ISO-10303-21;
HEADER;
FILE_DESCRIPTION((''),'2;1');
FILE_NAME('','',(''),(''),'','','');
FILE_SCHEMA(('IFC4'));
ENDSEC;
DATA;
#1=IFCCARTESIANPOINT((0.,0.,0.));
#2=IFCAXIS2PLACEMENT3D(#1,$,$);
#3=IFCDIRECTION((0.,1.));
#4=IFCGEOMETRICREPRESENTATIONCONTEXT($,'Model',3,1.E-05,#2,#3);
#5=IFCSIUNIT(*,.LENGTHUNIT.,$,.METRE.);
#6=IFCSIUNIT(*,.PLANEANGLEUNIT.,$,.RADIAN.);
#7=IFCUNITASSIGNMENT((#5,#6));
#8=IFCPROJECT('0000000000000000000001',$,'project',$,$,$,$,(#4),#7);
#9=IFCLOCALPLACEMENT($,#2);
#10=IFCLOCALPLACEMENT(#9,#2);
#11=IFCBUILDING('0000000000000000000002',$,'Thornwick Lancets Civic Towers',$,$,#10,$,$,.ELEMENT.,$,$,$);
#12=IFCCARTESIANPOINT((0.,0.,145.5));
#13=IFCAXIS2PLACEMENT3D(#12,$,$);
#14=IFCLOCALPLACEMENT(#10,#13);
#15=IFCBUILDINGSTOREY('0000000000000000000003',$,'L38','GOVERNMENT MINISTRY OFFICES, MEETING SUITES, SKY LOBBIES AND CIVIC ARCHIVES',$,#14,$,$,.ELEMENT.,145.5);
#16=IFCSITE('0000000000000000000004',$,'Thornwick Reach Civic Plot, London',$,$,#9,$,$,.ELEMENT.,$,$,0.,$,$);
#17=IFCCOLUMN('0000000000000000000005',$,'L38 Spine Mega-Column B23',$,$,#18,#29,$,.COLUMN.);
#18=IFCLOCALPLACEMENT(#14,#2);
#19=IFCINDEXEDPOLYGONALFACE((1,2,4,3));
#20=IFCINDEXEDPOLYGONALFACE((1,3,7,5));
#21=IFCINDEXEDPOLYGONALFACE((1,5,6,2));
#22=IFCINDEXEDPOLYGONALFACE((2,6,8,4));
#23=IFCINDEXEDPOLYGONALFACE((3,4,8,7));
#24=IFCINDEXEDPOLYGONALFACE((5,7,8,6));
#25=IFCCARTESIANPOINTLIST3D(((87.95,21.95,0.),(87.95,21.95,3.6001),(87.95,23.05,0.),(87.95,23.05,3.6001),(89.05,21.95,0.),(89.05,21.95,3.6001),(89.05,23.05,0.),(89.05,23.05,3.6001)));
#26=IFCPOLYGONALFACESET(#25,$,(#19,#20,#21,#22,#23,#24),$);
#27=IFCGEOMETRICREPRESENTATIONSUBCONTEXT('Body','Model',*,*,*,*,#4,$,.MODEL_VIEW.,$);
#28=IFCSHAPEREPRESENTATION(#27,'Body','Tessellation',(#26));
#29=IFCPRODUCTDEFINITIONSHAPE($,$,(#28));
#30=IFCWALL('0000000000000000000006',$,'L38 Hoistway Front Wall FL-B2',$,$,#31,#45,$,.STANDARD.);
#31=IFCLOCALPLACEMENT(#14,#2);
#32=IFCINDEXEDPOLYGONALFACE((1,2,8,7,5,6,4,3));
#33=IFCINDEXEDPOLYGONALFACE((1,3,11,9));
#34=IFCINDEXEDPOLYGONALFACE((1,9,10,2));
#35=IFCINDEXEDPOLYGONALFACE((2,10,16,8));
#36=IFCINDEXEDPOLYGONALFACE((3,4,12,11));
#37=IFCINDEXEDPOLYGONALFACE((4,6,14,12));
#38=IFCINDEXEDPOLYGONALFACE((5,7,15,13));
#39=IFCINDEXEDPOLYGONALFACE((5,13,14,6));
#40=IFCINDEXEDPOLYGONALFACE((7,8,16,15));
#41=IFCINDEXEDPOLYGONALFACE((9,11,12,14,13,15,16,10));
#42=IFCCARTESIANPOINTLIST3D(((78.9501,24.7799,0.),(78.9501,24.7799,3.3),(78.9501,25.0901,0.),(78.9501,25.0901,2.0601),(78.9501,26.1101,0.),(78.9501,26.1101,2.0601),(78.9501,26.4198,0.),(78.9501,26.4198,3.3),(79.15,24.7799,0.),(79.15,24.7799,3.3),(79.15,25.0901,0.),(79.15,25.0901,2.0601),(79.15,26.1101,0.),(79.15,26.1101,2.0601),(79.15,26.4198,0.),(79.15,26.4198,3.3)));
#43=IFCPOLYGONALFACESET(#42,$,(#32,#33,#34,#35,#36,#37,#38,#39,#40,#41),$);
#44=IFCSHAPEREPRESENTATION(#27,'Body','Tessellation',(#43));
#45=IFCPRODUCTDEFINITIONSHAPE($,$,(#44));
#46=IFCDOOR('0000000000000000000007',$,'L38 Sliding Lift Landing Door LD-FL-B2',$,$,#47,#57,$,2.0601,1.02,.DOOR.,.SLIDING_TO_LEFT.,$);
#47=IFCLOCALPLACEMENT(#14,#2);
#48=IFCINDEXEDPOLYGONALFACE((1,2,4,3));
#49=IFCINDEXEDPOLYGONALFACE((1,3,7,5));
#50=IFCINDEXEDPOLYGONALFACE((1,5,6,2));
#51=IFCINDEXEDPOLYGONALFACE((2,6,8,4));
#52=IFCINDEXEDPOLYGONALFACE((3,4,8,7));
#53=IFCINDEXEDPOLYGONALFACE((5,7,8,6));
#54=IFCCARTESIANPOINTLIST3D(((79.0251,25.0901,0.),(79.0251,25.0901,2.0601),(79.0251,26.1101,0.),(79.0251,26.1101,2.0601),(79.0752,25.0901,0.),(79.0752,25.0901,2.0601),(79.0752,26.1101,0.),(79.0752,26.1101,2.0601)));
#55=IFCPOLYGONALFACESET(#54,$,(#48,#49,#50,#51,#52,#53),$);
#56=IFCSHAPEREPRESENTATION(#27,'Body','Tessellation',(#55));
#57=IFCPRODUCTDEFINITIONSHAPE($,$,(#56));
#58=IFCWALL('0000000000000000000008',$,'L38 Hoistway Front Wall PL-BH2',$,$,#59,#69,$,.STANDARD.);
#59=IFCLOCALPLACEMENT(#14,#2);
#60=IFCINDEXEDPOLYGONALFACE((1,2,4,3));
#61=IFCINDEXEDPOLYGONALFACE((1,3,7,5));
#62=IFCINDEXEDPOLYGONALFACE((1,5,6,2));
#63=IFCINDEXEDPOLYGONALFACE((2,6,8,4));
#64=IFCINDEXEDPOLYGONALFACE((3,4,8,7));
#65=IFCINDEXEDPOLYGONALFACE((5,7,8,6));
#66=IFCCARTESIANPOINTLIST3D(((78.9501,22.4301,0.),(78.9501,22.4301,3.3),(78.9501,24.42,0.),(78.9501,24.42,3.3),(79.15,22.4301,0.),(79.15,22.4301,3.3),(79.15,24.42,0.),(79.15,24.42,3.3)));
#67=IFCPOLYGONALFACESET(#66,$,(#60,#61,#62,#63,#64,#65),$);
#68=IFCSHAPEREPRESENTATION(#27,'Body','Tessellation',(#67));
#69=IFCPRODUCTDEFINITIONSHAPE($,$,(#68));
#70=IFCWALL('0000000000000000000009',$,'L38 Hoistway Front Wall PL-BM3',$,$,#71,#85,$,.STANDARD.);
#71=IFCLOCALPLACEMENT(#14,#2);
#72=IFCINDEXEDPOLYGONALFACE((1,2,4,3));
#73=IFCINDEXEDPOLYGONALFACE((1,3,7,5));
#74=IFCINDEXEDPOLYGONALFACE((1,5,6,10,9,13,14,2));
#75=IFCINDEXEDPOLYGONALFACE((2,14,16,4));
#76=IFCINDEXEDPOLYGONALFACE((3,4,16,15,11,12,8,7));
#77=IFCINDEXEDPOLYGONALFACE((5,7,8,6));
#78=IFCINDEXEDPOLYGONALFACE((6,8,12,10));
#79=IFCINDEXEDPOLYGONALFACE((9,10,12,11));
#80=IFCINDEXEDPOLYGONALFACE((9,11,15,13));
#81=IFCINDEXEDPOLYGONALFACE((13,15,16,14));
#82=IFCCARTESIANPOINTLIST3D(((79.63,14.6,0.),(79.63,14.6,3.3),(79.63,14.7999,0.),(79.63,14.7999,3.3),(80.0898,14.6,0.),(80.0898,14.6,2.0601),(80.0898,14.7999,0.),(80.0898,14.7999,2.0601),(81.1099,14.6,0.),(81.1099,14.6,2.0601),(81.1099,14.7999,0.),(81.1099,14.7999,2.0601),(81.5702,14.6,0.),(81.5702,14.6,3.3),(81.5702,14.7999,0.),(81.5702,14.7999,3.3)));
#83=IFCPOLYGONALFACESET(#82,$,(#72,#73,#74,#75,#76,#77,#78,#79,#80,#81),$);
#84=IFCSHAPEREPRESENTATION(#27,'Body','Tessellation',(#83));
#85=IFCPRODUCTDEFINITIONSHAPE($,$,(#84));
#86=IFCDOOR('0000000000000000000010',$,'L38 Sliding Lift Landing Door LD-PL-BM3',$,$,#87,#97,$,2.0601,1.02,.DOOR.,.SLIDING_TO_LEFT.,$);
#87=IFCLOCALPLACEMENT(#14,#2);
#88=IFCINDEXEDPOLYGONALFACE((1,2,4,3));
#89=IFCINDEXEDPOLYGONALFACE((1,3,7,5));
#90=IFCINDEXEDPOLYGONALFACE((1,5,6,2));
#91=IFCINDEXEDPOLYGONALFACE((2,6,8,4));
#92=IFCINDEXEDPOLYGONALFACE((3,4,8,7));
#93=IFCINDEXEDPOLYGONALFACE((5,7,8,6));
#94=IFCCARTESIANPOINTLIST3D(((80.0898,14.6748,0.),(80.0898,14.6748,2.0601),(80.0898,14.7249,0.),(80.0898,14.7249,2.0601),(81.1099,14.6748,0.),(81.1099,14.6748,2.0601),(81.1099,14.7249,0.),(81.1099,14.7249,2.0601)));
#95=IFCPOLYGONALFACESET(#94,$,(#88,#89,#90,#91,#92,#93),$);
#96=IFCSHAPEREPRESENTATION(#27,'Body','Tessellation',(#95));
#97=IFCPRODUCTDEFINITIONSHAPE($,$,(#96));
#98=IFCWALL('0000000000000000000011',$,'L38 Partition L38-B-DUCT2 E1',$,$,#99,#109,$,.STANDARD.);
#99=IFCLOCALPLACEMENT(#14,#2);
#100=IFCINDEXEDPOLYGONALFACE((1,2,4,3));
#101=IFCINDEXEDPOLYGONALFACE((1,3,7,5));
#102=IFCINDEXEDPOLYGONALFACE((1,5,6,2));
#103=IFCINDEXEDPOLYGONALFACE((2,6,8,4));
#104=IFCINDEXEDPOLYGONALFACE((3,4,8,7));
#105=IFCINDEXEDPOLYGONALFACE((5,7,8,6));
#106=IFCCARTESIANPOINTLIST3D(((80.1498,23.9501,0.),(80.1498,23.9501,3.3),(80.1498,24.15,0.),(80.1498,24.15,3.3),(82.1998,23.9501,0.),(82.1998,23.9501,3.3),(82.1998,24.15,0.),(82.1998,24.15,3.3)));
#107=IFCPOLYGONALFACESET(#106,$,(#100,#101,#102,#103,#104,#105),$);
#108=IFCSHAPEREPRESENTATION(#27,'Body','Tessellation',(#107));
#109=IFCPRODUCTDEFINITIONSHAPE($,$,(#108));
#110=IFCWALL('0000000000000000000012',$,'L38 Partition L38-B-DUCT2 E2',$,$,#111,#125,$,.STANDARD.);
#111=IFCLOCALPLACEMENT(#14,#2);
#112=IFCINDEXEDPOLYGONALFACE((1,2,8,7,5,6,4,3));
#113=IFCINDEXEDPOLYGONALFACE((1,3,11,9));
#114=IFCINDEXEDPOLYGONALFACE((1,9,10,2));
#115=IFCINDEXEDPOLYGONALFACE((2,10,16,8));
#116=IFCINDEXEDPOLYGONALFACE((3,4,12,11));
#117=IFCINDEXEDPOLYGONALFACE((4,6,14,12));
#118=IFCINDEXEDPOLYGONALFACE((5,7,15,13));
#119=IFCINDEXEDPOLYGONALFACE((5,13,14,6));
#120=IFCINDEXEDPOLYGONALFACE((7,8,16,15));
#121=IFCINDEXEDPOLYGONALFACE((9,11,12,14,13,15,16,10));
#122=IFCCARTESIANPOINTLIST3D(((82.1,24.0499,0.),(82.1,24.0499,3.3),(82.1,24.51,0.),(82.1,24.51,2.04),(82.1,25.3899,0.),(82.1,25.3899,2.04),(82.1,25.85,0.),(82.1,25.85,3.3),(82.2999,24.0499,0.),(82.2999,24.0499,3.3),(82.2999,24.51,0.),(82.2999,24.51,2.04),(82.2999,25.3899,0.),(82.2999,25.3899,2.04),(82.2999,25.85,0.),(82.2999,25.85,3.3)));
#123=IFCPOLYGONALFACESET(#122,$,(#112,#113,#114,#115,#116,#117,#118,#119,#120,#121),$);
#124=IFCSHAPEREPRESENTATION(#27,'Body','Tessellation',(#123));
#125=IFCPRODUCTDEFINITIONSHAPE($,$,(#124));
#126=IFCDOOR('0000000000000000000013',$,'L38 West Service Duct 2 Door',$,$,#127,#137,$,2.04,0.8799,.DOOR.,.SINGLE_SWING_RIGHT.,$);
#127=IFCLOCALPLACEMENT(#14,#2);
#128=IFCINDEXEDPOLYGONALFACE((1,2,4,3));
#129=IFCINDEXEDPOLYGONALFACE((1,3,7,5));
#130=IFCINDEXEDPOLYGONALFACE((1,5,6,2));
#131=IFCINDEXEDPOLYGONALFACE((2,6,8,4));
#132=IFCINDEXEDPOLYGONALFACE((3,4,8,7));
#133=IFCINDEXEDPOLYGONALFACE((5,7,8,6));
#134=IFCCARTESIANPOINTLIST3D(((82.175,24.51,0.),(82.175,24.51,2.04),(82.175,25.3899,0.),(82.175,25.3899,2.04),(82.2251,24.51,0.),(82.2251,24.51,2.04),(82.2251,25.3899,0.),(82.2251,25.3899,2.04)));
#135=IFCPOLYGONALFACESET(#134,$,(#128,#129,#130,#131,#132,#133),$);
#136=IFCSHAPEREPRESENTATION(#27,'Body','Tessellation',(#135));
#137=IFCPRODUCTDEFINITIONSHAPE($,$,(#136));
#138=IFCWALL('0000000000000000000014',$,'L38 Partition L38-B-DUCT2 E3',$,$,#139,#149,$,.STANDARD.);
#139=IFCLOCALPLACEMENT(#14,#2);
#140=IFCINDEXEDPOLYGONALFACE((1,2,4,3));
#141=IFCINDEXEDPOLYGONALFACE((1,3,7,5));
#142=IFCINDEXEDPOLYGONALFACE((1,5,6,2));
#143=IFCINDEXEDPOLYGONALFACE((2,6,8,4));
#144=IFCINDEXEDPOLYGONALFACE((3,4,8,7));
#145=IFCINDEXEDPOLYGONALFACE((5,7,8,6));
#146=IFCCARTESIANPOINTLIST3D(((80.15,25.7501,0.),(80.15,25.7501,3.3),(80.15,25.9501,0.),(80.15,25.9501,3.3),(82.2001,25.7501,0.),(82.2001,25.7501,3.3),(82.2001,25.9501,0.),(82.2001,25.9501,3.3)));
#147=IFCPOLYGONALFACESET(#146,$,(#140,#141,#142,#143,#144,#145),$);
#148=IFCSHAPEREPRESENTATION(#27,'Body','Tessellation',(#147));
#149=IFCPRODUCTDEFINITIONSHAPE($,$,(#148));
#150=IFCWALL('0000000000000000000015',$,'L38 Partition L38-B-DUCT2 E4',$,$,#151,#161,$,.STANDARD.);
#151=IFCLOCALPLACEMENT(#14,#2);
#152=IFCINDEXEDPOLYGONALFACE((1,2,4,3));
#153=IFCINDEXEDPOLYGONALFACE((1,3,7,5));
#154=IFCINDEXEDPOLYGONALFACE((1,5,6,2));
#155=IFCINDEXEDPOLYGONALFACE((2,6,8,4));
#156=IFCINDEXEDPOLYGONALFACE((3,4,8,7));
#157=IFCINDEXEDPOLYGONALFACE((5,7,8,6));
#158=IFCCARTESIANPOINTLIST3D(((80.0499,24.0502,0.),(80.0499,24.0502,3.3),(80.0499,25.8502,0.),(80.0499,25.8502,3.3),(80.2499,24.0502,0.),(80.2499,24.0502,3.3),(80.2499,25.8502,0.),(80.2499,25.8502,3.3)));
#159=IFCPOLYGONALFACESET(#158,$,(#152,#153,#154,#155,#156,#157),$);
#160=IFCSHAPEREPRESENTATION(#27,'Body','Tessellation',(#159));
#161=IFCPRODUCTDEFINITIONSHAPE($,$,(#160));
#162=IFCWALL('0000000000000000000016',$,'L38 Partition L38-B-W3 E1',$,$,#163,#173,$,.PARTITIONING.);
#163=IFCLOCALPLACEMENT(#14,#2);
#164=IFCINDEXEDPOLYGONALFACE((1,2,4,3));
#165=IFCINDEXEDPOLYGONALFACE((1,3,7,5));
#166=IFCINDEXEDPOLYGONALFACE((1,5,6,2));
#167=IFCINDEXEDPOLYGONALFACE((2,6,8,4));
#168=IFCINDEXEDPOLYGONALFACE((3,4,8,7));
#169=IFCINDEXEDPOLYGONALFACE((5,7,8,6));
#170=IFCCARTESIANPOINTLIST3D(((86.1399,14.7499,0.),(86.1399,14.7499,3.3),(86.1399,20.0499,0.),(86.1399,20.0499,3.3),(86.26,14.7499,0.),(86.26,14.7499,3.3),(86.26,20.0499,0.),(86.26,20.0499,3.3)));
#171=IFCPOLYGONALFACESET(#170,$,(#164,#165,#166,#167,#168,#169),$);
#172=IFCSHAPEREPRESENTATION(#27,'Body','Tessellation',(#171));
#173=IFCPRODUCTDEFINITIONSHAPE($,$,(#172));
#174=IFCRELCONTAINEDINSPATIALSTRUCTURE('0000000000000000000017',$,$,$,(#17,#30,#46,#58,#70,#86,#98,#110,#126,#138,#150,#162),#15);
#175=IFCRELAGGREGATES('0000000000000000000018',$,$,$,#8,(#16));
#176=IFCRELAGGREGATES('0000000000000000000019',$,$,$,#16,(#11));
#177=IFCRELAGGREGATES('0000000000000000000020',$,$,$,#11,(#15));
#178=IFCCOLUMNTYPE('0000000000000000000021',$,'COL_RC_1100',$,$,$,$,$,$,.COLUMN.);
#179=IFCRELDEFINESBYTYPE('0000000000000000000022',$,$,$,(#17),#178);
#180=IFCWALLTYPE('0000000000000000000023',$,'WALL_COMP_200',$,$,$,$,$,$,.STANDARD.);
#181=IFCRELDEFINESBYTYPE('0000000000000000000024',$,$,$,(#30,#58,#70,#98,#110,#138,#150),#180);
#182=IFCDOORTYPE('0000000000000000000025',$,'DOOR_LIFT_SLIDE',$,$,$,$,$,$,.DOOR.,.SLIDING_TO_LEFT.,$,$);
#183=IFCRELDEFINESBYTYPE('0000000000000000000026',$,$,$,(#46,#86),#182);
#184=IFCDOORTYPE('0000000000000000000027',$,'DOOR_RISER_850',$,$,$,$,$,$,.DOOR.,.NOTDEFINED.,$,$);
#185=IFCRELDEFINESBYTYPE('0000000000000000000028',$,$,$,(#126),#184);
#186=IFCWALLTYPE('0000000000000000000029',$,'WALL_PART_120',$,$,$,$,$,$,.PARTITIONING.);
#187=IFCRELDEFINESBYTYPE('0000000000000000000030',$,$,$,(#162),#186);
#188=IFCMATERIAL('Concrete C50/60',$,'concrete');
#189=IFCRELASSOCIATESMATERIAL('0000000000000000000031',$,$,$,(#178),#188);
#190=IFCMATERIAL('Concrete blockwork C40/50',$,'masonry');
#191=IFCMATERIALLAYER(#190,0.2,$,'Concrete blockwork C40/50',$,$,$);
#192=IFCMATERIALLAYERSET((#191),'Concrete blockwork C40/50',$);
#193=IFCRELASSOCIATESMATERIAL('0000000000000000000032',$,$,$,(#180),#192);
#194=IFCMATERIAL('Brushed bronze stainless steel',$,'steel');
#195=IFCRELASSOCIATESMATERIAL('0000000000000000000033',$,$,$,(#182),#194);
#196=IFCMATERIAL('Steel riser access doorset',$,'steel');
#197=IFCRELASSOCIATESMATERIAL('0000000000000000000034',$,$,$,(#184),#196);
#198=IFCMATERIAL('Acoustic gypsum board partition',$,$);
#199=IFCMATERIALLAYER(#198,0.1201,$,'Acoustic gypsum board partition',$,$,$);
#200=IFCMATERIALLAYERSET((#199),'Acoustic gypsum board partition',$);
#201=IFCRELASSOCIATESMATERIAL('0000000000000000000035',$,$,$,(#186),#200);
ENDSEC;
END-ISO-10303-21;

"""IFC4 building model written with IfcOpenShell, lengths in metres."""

from ifc_helpers import new_model, si_unit, direction, frame, frame_2d, origin, origin_2d, place, context, subcontext, project, spatial, rectangle, extrude, material, layer, layer_set, material_profile, profile_set, type_object, element, fill, save


model = new_model("IFC4")

# Units and contexts
model_context = context("Model", 3, precision=1e-05, world=origin(), true_north=direction((0.0, 1.0)))
body_context = subcontext(model_context, "Body", "Model", "MODEL_VIEW")
ifc_project = project(units=[si_unit("LENGTHUNIT", "METRE"), si_unit("PLANEANGLEUNIT", "RADIAN")], contexts=[model_context])

# Site, building, storey
site_placement = place(None, origin())
site = spatial("IfcSite", under=ifc_project, at=site_placement, Name="Thornwick Reach Civic Plot, London", CompositionType="ELEMENT", RefElevation=0.0)
building_placement = place(site_placement, origin())
building = spatial("IfcBuilding", under=site, at=building_placement, Name="Thornwick Lancets Civic Towers", CompositionType="ELEMENT")
storey_placement = place(building_placement, frame((0.0, 0.0, 145.5)))
storey = spatial("IfcBuildingStorey", under=building, at=storey_placement, Name="L38", Description="GOVERNMENT MINISTRY OFFICES, MEETING SUITES, SKY LOBBIES AND CIVIC ARCHIVES", CompositionType="ELEMENT", Elevation=145.5)

# Column
ifc_material_1 = material(Name="Concrete C50/60", Category="concrete")
ifc_material_profile = material_profile(ifc_material_1, rectangle(XDim=1.1001, YDim=1.1001, at=origin_2d()), Name="RC 1100x1100")
ifc_profile_set = profile_set([ifc_material_profile], Name="Concrete C50/60")
column_type = type_object("IfcColumnType", Name="COL_RC_1100", PredefinedType="COLUMN", material=ifc_profile_set)
column_placement = place(storey_placement, frame((88.5, 22.5, 0.0), z_axis=(0.0, 0.0, 1.0), x_axis=(1.0, 0.0, 0.0)))
element("IfcColumn", 1, at=column_placement, inside=storey, type_object=column_type, Name="L38 Spine Mega-Column B23", PredefinedType="COLUMN", context=body_context, shape_type="SweptSolid", body=[
    extrude(rectangle(XDim=1.1001, YDim=1.1001, at=origin_2d()), origin(), (0.0, 0.0, 1.0), 3.6001),
])

# Wall, opening, door
ifc_material_2 = material(Name="Concrete blockwork C40/50", Category="masonry")
ifc_layer_1 = layer(ifc_material_2, 0.2, Name="Concrete blockwork C40/50")
ifc_layer_set_1 = layer_set([ifc_layer_1], Name="Concrete blockwork C40/50")
wall_type_1 = type_object("IfcWallType", Name="WALL_COMP_200", PredefinedType="STANDARD", material=ifc_layer_set_1)
wall_1_placement = place(storey_placement, frame((79.05, 24.78, 0.0), z_axis=(0.0, 0.0, 1.0), x_axis=(0.0, 1.0, 0.0)))
wall_1 = element("IfcWall", 2, at=wall_1_placement, inside=storey, type_object=wall_type_1, Name="L38 Hoistway Front Wall FL-B2", PredefinedType="STANDARD", context=body_context, shape_type="SweptSolid", body=[
    extrude(rectangle(XDim=1.6399, YDim=0.2, at=frame_2d((0.8198, 0.0))), origin(), (0.0, 0.0, 1.0), 3.3),
])
opening_1_placement = place(wall_1_placement, frame((0.3101, 0.0, 0.0)))
opening_1 = element("IfcOpeningElement", 3, at=opening_1_placement, cuts=wall_1, PredefinedType="OPENING", context=body_context, shape_type="SweptSolid", body=[
    extrude(rectangle(XDim=1.02, YDim=2.0601, at=frame_2d((0.51, 1.03))), frame((0.0, 0.1099, 0.0), z_axis=(0.0, -1.0, 0.0), x_axis=(1.0, 0.0, 0.0)), (0.0, 0.0, 1.0), 0.22),
])
ifc_material_3 = material(Name="Brushed bronze stainless steel", Category="steel")
door_type_1 = type_object("IfcDoorType", Name="DOOR_LIFT_SLIDE", OperationType="SLIDING_TO_LEFT", PredefinedType="DOOR", material=ifc_material_3)
door_1_placement = place(opening_1_placement, origin())
door_1 = element("IfcDoor", 4, at=door_1_placement, inside=storey, type_object=door_type_1, Name="L38 Sliding Lift Landing Door LD-FL-B2", OperationType="SLIDING_TO_LEFT", OverallHeight=2.0601, OverallWidth=1.02, PredefinedType="DOOR", context=body_context, shape_type="SweptSolid", body=[
    extrude(rectangle(XDim=1.02, YDim=2.0601, at=frame_2d((0.51, 1.03))), frame((0.0, 0.0249, 0.0), z_axis=(0.0, -1.0, 0.0), x_axis=(1.0, 0.0, 0.0)), (0.0, 0.0, 1.0), 0.05),
])
fill(opening_1, door_1)

# Wall
wall_2_placement = place(storey_placement, frame((79.05, 22.4299, 0.0), z_axis=(0.0, 0.0, 1.0), x_axis=(0.0, 1.0, 0.0)))
element("IfcWall", 5, at=wall_2_placement, inside=storey, type_object=wall_type_1, Name="L38 Hoistway Front Wall PL-BH2", PredefinedType="STANDARD", context=body_context, shape_type="SweptSolid", body=[
    extrude(rectangle(XDim=1.99, YDim=0.2, at=frame_2d((0.9951, 0.0))), origin(), (0.0, 0.0, 1.0), 3.3),
])

# Wall, opening, door
wall_3_placement = place(storey_placement, frame((79.6299, 14.7, 0.0), z_axis=(0.0, 0.0, 1.0), x_axis=(1.0, 0.0, 0.0)))
wall_3 = element("IfcWall", 6, at=wall_3_placement, inside=storey, type_object=wall_type_1, Name="L38 Hoistway Front Wall PL-BM3", PredefinedType="STANDARD", context=body_context, shape_type="SweptSolid", body=[
    extrude(rectangle(XDim=1.9402, YDim=0.2, at=frame_2d((0.9702, 0.0))), origin(), (0.0, 0.0, 1.0), 3.3),
])
opening_2_placement = place(wall_3_placement, frame((0.46, 0.0, 0.0)))
opening_2 = element("IfcOpeningElement", 7, at=opening_2_placement, cuts=wall_3, PredefinedType="OPENING", context=body_context, shape_type="SweptSolid", body=[
    extrude(rectangle(XDim=1.02, YDim=2.0601, at=frame_2d((0.51, 1.03))), frame((0.0, 0.1099, 0.0), z_axis=(0.0, -1.0, 0.0), x_axis=(1.0, 0.0, 0.0)), (0.0, 0.0, 1.0), 0.22),
])
door_2_placement = place(opening_2_placement, origin())
door_2 = element("IfcDoor", 8, at=door_2_placement, inside=storey, type_object=door_type_1, Name="L38 Sliding Lift Landing Door LD-PL-BM3", OperationType="SLIDING_TO_LEFT", OverallHeight=2.0601, OverallWidth=1.02, PredefinedType="DOOR", context=body_context, shape_type="SweptSolid", body=[
    extrude(rectangle(XDim=1.02, YDim=2.0601, at=frame_2d((0.51, 1.03))), frame((0.0, 0.0249, 0.0), z_axis=(0.0, -1.0, 0.0), x_axis=(1.0, 0.0, 0.0)), (0.0, 0.0, 1.0), 0.05),
])
fill(opening_2, door_2)

# Wall
wall_4_placement = place(storey_placement, frame((80.1499, 24.05, 0.0), z_axis=(0.0, 0.0, 1.0), x_axis=(1.0, 0.0, 0.0)))
element("IfcWall", 9, at=wall_4_placement, inside=storey, type_object=wall_type_1, Name="L38 Partition L38-B-DUCT2 E1", PredefinedType="STANDARD", context=body_context, shape_type="SweptSolid", body=[
    extrude(rectangle(XDim=2.05, YDim=0.2, at=frame_2d((1.0249, 0.0))), origin(), (0.0, 0.0, 1.0), 3.3),
])

# Wall, opening, door
wall_5_placement = place(storey_placement, frame((82.2, 24.05, 0.0), z_axis=(0.0, 0.0, 1.0), x_axis=(0.0, 1.0, 0.0)))
wall_5 = element("IfcWall", 10, at=wall_5_placement, inside=storey, type_object=wall_type_1, Name="L38 Partition L38-B-DUCT2 E2", PredefinedType="STANDARD", context=body_context, shape_type="SweptSolid", body=[
    extrude(rectangle(XDim=1.8, YDim=0.2, at=frame_2d((0.8999, 0.0))), origin(), (0.0, 0.0, 1.0), 3.3),
])
opening_3_placement = place(wall_5_placement, frame((0.46, 0.0, 0.0)))
opening_3 = element("IfcOpeningElement", 11, at=opening_3_placement, cuts=wall_5, PredefinedType="OPENING", context=body_context, shape_type="SweptSolid", body=[
    extrude(rectangle(XDim=0.8799, YDim=2.04, at=frame_2d((0.4399, 1.02))), frame((0.0, 0.1099, 0.0), z_axis=(0.0, -1.0, 0.0), x_axis=(1.0, 0.0, 0.0)), (0.0, 0.0, 1.0), 0.22),
])
ifc_material_4 = material(Name="Steel riser access doorset", Category="steel")
door_type_2 = type_object("IfcDoorType", Name="DOOR_RISER_850", OperationType="NOTDEFINED", PredefinedType="DOOR", material=ifc_material_4)
door_3_placement = place(opening_3_placement, origin())
door_3 = element("IfcDoor", 12, at=door_3_placement, inside=storey, type_object=door_type_2, Name="L38 West Service Duct 2 Door", OperationType="SINGLE_SWING_RIGHT", OverallHeight=2.04, OverallWidth=0.8799, PredefinedType="DOOR", context=body_context, shape_type="SweptSolid", body=[
    extrude(rectangle(XDim=0.8799, YDim=2.04, at=frame_2d((0.4399, 1.02))), frame((0.0, 0.0249, 0.0), z_axis=(0.0, -1.0, 0.0), x_axis=(1.0, 0.0, 0.0)), (0.0, 0.0, 1.0), 0.05),
])
fill(opening_3, door_3)

# Walls
wall_6_placement = place(storey_placement, frame((82.2, 25.8501, 0.0), z_axis=(0.0, 0.0, 1.0), x_axis=(-1.0, 0.0, 0.0)))
element("IfcWall", 13, at=wall_6_placement, inside=storey, type_object=wall_type_1, Name="L38 Partition L38-B-DUCT2 E3", PredefinedType="STANDARD", context=body_context, shape_type="SweptSolid", body=[
    extrude(rectangle(XDim=2.05, YDim=0.2, at=frame_2d((1.0249, 0.0))), origin(), (0.0, 0.0, 1.0), 3.3),
])
wall_7_placement = place(storey_placement, frame((80.1499, 25.8501, 0.0), z_axis=(0.0, 0.0, 1.0), x_axis=(0.0, -1.0, 0.0)))
element("IfcWall", 14, at=wall_7_placement, inside=storey, type_object=wall_type_1, Name="L38 Partition L38-B-DUCT2 E4", PredefinedType="STANDARD", context=body_context, shape_type="SweptSolid", body=[
    extrude(rectangle(XDim=1.8, YDim=0.2, at=frame_2d((0.8999, 0.0))), origin(), (0.0, 0.0, 1.0), 3.3),
])
ifc_material_5 = material(Name="Acoustic gypsum board partition")
ifc_layer_2 = layer(ifc_material_5, 0.1201, Name="Acoustic gypsum board partition")
ifc_layer_set_2 = layer_set([ifc_layer_2], Name="Acoustic gypsum board partition")
wall_type_2 = type_object("IfcWallType", Name="WALL_PART_120", PredefinedType="PARTITIONING", material=ifc_layer_set_2)
wall_8_placement = place(storey_placement, frame((86.2, 14.75, 0.0), z_axis=(0.0, 0.0, 1.0), x_axis=(0.0, 1.0, 0.0)))
element("IfcWall", 15, at=wall_8_placement, inside=storey, type_object=wall_type_2, Name="L38 Partition L38-B-W3 E1", PredefinedType="PARTITIONING", context=body_context, shape_type="SweptSolid", body=[
    extrude(rectangle(XDim=5.3, YDim=0.1201, at=frame_2d((2.6499, 0.0))), origin(), (0.0, 0.0, 1.0), 3.3),
])

save(model, "model.ifc")
